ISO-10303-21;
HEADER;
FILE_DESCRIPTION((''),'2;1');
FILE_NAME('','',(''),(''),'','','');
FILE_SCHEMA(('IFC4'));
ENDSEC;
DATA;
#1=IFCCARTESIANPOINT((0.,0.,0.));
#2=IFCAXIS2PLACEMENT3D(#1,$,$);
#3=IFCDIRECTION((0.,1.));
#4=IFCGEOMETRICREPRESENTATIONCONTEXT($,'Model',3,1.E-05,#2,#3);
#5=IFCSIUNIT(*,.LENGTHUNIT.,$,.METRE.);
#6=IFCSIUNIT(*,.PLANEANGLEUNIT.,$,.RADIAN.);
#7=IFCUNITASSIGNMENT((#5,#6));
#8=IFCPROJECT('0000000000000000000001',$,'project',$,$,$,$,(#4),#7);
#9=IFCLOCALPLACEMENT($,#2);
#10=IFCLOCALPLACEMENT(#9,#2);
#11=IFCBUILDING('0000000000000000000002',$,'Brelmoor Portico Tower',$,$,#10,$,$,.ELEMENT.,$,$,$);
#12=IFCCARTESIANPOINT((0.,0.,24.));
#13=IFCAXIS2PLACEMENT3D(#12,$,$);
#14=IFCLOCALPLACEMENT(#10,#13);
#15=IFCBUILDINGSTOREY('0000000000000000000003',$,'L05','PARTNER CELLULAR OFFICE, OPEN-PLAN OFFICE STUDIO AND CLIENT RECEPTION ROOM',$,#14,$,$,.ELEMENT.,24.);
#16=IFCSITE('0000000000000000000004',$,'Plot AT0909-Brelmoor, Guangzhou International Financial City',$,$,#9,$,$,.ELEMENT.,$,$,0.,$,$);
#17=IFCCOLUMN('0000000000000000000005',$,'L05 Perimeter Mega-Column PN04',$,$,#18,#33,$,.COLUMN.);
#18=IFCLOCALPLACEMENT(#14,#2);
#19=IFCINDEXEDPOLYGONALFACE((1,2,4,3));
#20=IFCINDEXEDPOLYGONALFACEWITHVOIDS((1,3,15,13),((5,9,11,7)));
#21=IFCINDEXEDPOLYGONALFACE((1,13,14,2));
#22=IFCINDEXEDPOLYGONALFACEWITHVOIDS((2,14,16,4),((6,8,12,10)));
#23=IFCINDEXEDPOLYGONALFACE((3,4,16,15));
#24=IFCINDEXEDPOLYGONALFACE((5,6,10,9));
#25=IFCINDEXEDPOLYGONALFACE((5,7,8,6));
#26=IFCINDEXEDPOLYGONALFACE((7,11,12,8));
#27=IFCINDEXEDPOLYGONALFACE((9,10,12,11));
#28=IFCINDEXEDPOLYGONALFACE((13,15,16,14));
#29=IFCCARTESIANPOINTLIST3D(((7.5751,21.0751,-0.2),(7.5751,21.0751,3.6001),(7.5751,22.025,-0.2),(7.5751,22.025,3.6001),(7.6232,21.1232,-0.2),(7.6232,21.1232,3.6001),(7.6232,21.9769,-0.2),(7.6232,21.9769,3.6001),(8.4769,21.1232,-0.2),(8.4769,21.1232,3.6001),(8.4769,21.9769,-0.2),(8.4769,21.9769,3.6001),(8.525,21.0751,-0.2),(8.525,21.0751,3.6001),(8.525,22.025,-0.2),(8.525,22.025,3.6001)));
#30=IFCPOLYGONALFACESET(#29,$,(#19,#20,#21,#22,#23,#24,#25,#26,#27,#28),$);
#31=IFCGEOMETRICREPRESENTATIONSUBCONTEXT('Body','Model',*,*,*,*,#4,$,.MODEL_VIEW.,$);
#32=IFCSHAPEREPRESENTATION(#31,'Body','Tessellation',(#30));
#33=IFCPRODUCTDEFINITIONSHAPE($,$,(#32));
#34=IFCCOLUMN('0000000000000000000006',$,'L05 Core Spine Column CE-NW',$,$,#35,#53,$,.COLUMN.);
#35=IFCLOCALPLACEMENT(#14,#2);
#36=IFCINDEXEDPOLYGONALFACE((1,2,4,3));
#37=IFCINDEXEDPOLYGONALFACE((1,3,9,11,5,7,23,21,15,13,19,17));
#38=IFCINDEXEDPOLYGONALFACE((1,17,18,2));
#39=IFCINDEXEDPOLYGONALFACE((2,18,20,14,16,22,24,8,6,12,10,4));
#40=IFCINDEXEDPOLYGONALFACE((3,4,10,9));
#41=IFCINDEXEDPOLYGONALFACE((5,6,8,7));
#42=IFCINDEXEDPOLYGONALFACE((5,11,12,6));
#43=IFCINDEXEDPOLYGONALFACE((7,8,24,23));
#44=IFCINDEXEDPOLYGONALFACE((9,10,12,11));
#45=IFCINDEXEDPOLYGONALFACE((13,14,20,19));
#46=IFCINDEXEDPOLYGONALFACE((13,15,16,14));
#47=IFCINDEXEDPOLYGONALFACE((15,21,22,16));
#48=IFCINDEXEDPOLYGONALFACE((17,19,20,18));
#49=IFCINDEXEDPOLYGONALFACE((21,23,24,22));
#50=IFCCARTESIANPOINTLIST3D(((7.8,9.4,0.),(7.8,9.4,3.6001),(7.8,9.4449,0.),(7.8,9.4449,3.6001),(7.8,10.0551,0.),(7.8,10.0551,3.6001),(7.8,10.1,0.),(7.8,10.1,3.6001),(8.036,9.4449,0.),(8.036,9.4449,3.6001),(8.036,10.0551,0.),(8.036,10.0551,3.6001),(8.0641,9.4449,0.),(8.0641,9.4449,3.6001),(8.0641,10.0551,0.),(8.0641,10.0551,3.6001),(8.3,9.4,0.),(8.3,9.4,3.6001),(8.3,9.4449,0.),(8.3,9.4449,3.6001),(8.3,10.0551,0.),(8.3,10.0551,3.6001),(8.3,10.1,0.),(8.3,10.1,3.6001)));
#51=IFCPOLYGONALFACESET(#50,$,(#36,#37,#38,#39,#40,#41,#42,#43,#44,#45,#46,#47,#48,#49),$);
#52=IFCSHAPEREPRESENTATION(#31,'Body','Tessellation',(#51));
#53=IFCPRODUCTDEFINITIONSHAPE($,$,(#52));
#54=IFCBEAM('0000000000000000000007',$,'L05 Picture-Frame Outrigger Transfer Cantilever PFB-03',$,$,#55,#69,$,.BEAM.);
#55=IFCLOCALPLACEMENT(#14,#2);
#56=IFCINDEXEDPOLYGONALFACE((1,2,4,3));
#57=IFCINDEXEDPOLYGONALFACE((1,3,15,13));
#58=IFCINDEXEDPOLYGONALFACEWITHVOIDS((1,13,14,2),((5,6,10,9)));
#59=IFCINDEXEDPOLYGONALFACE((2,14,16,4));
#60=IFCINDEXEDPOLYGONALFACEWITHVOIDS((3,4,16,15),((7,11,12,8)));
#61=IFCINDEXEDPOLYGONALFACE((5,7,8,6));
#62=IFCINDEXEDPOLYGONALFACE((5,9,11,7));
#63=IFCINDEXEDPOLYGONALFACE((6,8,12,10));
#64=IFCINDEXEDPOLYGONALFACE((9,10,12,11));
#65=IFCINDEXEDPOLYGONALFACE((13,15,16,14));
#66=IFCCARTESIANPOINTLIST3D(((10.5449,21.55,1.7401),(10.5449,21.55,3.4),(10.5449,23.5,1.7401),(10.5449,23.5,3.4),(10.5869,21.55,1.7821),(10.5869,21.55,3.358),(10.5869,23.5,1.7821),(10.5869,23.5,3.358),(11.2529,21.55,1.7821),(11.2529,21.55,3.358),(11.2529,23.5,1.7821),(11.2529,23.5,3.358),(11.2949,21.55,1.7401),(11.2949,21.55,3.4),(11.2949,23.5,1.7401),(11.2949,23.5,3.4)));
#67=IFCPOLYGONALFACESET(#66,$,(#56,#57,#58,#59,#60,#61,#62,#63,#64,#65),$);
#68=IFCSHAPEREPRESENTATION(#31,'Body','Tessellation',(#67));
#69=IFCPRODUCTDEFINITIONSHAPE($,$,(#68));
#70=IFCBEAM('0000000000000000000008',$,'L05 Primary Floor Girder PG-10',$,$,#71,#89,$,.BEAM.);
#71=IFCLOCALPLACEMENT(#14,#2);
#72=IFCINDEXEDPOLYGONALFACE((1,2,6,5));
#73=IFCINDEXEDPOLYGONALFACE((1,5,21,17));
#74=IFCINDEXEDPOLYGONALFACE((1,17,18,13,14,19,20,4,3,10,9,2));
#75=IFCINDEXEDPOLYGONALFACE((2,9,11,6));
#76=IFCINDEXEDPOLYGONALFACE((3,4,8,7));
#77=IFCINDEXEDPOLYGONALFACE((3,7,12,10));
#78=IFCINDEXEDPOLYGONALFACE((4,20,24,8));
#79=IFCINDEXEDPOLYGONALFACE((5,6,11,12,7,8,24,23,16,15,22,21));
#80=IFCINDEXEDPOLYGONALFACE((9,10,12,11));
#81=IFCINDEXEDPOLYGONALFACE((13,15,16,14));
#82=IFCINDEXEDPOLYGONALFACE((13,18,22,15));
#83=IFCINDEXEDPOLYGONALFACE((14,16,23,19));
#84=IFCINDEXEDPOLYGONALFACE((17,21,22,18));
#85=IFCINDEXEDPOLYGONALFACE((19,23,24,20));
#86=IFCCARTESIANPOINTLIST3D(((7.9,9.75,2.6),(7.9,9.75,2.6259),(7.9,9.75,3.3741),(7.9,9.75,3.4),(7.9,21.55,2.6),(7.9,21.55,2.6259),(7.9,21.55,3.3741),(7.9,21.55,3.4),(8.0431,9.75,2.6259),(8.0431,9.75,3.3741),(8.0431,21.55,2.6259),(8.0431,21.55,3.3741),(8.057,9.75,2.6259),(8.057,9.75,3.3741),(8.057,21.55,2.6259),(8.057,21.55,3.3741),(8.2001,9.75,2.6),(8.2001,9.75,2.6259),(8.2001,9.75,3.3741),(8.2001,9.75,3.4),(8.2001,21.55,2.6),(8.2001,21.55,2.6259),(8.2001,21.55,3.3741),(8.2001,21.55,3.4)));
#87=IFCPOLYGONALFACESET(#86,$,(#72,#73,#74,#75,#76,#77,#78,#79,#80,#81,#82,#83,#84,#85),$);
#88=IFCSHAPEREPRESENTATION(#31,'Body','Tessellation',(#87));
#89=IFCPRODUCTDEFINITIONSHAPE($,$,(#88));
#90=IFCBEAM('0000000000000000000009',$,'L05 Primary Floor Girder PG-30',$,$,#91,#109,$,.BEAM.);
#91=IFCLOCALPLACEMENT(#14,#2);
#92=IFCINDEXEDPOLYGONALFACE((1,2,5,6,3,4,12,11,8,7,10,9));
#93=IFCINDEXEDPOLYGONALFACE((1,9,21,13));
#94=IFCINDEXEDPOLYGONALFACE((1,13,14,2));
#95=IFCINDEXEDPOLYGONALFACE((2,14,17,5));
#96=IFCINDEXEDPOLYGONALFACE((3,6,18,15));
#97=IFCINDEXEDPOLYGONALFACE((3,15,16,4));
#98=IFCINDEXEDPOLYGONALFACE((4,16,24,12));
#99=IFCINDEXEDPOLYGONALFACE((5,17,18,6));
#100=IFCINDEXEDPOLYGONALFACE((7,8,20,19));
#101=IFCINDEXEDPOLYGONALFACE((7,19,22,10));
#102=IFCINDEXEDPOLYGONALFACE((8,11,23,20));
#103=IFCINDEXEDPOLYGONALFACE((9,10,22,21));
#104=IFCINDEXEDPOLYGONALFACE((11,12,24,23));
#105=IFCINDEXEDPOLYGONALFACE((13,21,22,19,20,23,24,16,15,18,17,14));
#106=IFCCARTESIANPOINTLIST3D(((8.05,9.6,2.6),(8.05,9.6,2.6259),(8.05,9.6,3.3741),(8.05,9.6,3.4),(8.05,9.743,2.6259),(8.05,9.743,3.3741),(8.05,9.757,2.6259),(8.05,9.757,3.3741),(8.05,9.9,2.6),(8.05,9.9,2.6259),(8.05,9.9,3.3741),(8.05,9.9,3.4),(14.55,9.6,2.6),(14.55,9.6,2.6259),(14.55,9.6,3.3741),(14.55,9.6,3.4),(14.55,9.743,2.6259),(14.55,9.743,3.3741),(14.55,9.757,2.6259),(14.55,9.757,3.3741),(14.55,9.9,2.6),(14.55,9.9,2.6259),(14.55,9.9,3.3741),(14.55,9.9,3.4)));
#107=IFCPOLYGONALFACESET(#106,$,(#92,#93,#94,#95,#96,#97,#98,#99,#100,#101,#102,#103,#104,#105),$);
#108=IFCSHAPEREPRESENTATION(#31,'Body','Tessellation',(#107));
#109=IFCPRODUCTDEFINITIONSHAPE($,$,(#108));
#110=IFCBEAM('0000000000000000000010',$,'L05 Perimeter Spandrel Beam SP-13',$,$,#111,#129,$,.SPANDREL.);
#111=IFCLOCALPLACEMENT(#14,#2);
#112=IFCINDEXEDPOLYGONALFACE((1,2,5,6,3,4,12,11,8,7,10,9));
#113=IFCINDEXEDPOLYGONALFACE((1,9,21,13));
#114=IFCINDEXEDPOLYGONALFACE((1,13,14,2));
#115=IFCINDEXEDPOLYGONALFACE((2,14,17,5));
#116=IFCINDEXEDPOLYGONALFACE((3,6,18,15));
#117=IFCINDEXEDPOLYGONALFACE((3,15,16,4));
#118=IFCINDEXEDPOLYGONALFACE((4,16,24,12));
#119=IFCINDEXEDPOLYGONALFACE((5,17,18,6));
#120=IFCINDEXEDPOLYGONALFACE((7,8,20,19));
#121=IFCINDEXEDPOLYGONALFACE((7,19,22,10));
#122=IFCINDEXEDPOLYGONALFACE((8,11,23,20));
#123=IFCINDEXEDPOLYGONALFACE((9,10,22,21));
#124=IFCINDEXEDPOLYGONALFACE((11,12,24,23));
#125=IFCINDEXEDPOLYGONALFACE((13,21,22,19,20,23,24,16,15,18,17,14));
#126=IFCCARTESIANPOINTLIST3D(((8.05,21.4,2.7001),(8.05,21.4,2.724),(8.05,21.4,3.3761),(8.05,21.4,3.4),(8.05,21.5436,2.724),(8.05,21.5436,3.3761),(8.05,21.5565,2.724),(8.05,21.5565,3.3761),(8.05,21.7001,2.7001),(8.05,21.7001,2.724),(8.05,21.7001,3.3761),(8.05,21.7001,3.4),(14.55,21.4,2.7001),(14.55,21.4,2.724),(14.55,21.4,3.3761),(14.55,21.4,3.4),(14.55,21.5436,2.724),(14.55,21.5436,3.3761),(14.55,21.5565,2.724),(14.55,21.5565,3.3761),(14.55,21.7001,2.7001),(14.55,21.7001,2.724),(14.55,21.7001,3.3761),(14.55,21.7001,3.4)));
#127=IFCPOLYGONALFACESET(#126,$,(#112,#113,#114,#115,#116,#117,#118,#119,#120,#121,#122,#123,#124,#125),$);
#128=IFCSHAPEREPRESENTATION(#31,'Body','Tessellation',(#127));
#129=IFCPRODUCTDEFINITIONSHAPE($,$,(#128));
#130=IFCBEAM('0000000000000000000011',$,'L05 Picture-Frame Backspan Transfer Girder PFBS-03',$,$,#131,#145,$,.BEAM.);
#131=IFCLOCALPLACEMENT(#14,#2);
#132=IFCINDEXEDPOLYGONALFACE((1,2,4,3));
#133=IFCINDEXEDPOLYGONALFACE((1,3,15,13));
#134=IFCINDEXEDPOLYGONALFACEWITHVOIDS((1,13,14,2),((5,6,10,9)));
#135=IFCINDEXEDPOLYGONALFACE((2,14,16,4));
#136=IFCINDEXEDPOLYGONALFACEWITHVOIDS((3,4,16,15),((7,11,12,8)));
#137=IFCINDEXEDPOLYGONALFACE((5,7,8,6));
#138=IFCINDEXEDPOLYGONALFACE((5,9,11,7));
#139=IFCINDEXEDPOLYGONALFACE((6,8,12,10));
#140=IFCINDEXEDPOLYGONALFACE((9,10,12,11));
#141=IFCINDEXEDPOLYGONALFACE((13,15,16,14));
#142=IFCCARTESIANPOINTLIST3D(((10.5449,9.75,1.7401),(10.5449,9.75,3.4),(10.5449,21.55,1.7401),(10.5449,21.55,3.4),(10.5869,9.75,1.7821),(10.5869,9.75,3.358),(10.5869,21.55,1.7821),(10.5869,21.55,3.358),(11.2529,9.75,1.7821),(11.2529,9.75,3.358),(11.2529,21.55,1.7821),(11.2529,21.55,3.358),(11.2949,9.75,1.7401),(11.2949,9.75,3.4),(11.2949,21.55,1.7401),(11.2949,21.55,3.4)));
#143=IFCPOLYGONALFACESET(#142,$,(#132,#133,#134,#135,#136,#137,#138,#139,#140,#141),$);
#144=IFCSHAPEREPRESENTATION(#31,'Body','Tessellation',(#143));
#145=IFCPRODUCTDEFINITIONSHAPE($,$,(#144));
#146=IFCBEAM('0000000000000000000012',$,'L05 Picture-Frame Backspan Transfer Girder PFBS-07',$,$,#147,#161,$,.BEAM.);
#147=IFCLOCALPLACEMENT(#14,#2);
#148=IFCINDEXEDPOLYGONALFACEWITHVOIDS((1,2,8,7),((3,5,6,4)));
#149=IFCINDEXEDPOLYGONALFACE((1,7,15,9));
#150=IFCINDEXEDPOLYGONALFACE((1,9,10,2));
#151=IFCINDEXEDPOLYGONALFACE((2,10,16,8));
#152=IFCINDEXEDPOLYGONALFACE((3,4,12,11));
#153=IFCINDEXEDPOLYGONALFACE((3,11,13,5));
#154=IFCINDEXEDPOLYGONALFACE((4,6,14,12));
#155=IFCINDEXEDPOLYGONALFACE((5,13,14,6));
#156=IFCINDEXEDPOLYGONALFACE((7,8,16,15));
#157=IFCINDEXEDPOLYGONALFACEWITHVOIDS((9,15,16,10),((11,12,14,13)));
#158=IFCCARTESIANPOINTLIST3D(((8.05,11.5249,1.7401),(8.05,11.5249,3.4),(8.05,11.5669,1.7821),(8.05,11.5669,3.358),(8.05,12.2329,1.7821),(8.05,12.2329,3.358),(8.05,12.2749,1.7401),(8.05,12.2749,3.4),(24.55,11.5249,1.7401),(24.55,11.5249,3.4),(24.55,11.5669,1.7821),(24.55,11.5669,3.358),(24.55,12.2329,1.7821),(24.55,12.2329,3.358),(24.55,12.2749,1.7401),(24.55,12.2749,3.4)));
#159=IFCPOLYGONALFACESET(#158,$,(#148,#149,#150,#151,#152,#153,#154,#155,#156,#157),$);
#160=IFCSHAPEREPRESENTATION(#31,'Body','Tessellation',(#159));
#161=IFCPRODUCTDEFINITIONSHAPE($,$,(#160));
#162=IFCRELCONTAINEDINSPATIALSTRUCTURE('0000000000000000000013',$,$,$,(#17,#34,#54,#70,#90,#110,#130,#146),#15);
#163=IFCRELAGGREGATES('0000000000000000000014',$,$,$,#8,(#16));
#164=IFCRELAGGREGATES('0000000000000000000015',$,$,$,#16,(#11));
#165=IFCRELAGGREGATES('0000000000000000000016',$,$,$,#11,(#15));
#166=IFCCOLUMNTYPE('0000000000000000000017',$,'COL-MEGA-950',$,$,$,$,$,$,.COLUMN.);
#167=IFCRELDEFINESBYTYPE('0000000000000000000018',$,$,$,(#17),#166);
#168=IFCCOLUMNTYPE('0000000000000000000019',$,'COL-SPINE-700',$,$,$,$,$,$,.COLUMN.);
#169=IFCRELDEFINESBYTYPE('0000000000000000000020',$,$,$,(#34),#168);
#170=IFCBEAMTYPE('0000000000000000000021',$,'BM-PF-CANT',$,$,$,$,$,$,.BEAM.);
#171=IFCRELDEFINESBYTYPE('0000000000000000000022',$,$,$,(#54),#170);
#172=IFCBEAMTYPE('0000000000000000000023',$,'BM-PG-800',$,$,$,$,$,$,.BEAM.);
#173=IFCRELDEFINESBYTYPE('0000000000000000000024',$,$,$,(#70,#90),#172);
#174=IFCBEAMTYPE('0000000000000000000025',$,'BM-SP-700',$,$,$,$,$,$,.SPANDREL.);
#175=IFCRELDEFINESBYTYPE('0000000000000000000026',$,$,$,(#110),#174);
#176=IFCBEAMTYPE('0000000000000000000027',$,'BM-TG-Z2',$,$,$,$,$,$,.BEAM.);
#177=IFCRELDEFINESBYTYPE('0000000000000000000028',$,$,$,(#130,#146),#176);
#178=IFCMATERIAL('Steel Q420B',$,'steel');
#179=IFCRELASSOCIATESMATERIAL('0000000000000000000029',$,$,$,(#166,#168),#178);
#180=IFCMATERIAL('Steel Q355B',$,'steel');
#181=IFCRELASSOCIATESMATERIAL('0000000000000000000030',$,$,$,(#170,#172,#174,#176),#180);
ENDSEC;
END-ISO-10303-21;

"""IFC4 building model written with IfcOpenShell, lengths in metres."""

from ifc_helpers import new_model, si_unit, direction, frame, origin, origin_2d, place, context, subcontext, project, spatial, hollow_rectangle, i_section, extrude, material, material_profile, profile_set, type_object, element, save


model = new_model("IFC4")

# Units and contexts
model_context = context("Model", 3, precision=1e-05, world=origin(), true_north=direction((0.0, 1.0)))
body_context = subcontext(model_context, "Body", "Model", "MODEL_VIEW")
ifc_project = project(units=[si_unit("LENGTHUNIT", "METRE"), si_unit("PLANEANGLEUNIT", "RADIAN")], contexts=[model_context])

# Site, building, storey
site_placement = place(None, origin())
site = spatial("IfcSite", under=ifc_project, at=site_placement, Name="Plot AT0909-Brelmoor, Guangzhou International Financial City", CompositionType="ELEMENT", RefElevation=0.0)
building_placement = place(site_placement, origin())
building = spatial("IfcBuilding", under=site, at=building_placement, Name="Brelmoor Portico Tower", CompositionType="ELEMENT")
storey_placement = place(building_placement, frame((0.0, 0.0, 24.0)))
storey = spatial("IfcBuildingStorey", under=building, at=storey_placement, Name="L05", Description="PARTNER CELLULAR OFFICE, OPEN-PLAN OFFICE STUDIO AND CLIENT RECEPTION ROOM", CompositionType="ELEMENT", Elevation=24.0)

# Columns
ifc_material_1 = material(Name="Steel Q420B", Category="steel")
ifc_material_profile_1 = material_profile(ifc_material_1, hollow_rectangle(XDim=0.95, YDim=0.95, WallThickness=0.0481, at=origin_2d()), Name="BOX 950x950x48")
ifc_profile_set_1 = profile_set([ifc_material_profile_1], Name="Steel Q420B")
column_type_1 = type_object("IfcColumnType", Name="COL-MEGA-950", PredefinedType="COLUMN", material=ifc_profile_set_1)
column_1_placement = place(storey_placement, frame((8.05, 21.55, -0.2), z_axis=(0.0, 0.0, 1.0), x_axis=(1.0, 0.0, 0.0)))
element("IfcColumn", 1, at=column_1_placement, inside=storey, type_object=column_type_1, Name="L05 Perimeter Mega-Column PN04", PredefinedType="COLUMN", context=body_context, shape_type="SweptSolid", body=[
    extrude(hollow_rectangle(XDim=0.95, YDim=0.95, WallThickness=0.0481, at=origin_2d()), origin(), (0.0, 0.0, 1.0), 3.8),
])
ifc_material_profile_2 = material_profile(ifc_material_1, i_section(OverallWidth=0.5, OverallDepth=0.7, WebThickness=0.0281, FlangeThickness=0.0449, at=origin_2d()), Name="HW 700x500x28x45")
ifc_profile_set_2 = profile_set([ifc_material_profile_2], Name="Steel Q420B")
column_type_2 = type_object("IfcColumnType", Name="COL-SPINE-700", PredefinedType="COLUMN", material=ifc_profile_set_2)
column_2_placement = place(storey_placement, frame((8.05, 9.75, 0.0), z_axis=(0.0, 0.0, 1.0), x_axis=(1.0, 0.0, 0.0)))
element("IfcColumn", 2, at=column_2_placement, inside=storey, type_object=column_type_2, Name="L05 Core Spine Column CE-NW", PredefinedType="COLUMN", context=body_context, shape_type="SweptSolid", body=[
    extrude(i_section(OverallWidth=0.5, OverallDepth=0.7, WebThickness=0.0281, FlangeThickness=0.0449, at=origin_2d()), origin(), (0.0, 0.0, 1.0), 3.6001),
])

# Beams
ifc_material_2 = material(Name="Steel Q355B", Category="steel")
ifc_material_profile_3 = material_profile(ifc_material_2, hollow_rectangle(XDim=0.75, YDim=1.6599, WallThickness=0.042, at=origin_2d()), Name="BOX 750x1660x42")
ifc_profile_set_3 = profile_set([ifc_material_profile_3], Name="Steel Q355B")
beam_type_1 = type_object("IfcBeamType", Name="BM-PF-CANT", PredefinedType="BEAM", material=ifc_profile_set_3)
beam_1_placement = place(storey_placement, frame((10.9199, 21.55, 2.5701), z_axis=(0.0, 1.0, 0.0), x_axis=(-1.0, 0.0, 0.0)))
element("IfcBeam", 3, at=beam_1_placement, inside=storey, type_object=beam_type_1, Name="L05 Picture-Frame Outrigger Transfer Cantilever PFB-03", PredefinedType="BEAM", context=body_context, shape_type="SweptSolid", body=[
    extrude(hollow_rectangle(XDim=0.75, YDim=1.6599, WallThickness=0.042, at=origin_2d()), origin(), (0.0, 0.0, 1.0), 1.95),
])
ifc_material_profile_4 = material_profile(ifc_material_2, i_section(OverallWidth=0.3, OverallDepth=0.8, WebThickness=0.0139, FlangeThickness=0.0259, at=origin_2d()), Name="HN 800x300x14x26")
ifc_profile_set_4 = profile_set([ifc_material_profile_4], Name="Steel Q355B")
beam_type_2 = type_object("IfcBeamType", Name="BM-PG-800", PredefinedType="BEAM", material=ifc_profile_set_4)
beam_2_placement = place(storey_placement, frame((8.05, 9.75, 3.0), z_axis=(0.0, 1.0, 0.0), x_axis=(-1.0, 0.0, 0.0)))
element("IfcBeam", 4, at=beam_2_placement, inside=storey, type_object=beam_type_2, Name="L05 Primary Floor Girder PG-10", PredefinedType="BEAM", context=body_context, shape_type="SweptSolid", body=[
    extrude(i_section(OverallWidth=0.3, OverallDepth=0.8, WebThickness=0.0139, FlangeThickness=0.0259, at=origin_2d()), origin(), (0.0, 0.0, 1.0), 11.8),
])
beam_3_placement = place(storey_placement, frame((8.05, 9.75, 3.0), z_axis=(1.0, 0.0, 0.0), x_axis=(0.0, 1.0, 0.0)))
element("IfcBeam", 5, at=beam_3_placement, inside=storey, type_object=beam_type_2, Name="L05 Primary Floor Girder PG-30", PredefinedType="BEAM", context=body_context, shape_type="SweptSolid", body=[
    extrude(i_section(OverallWidth=0.3, OverallDepth=0.8, WebThickness=0.0139, FlangeThickness=0.0259, at=origin_2d()), origin(), (0.0, 0.0, 1.0), 6.5),
])
ifc_material_profile_5 = material_profile(ifc_material_2, i_section(OverallWidth=0.3, OverallDepth=0.7, WebThickness=0.0129, FlangeThickness=0.0239, at=origin_2d()), Name="HN 700x300x13x24")
ifc_profile_set_5 = profile_set([ifc_material_profile_5], Name="Steel Q355B")
beam_type_3 = type_object("IfcBeamType", Name="BM-SP-700", PredefinedType="SPANDREL", material=ifc_profile_set_5)
beam_4_placement = place(storey_placement, frame((8.05, 21.55, 3.05), z_axis=(1.0, 0.0, 0.0), x_axis=(0.0, 1.0, 0.0)))
element("IfcBeam", 6, at=beam_4_placement, inside=storey, type_object=beam_type_3, Name="L05 Perimeter Spandrel Beam SP-13", PredefinedType="SPANDREL", context=body_context, shape_type="SweptSolid", body=[
    extrude(i_section(OverallWidth=0.3, OverallDepth=0.7, WebThickness=0.0129, FlangeThickness=0.0239, at=origin_2d()), origin(), (0.0, 0.0, 1.0), 6.5),
])
ifc_material_profile_6 = material_profile(ifc_material_2, hollow_rectangle(XDim=0.75, YDim=1.6599, WallThickness=0.042, at=origin_2d()), Name="BOX 750x1660x42")
ifc_profile_set_6 = profile_set([ifc_material_profile_6], Name="Steel Q355B")
beam_type_4 = type_object("IfcBeamType", Name="BM-TG-Z2", PredefinedType="BEAM", material=ifc_profile_set_6)
beam_5_placement = place(storey_placement, frame((10.9199, 9.75, 2.5701), z_axis=(0.0, 1.0, 0.0), x_axis=(-1.0, 0.0, 0.0)))
element("IfcBeam", 7, at=beam_5_placement, inside=storey, type_object=beam_type_4, Name="L05 Picture-Frame Backspan Transfer Girder PFBS-03", PredefinedType="BEAM", context=body_context, shape_type="SweptSolid", body=[
    extrude(hollow_rectangle(XDim=0.75, YDim=1.6599, WallThickness=0.042, at=origin_2d()), origin(), (0.0, 0.0, 1.0), 11.8),
])
beam_6_placement = place(storey_placement, frame((8.05, 11.8999, 2.5701), z_axis=(1.0, 0.0, 0.0), x_axis=(0.0, 1.0, 0.0)))
element("IfcBeam", 8, at=beam_6_placement, inside=storey, type_object=beam_type_4, Name="L05 Picture-Frame Backspan Transfer Girder PFBS-07", PredefinedType="BEAM", context=body_context, shape_type="SweptSolid", body=[
    extrude(hollow_rectangle(XDim=0.75, YDim=1.6599, WallThickness=0.042, at=origin_2d()), origin(), (0.0, 0.0, 1.0), 16.5),
])

save(model, "model.ifc")
